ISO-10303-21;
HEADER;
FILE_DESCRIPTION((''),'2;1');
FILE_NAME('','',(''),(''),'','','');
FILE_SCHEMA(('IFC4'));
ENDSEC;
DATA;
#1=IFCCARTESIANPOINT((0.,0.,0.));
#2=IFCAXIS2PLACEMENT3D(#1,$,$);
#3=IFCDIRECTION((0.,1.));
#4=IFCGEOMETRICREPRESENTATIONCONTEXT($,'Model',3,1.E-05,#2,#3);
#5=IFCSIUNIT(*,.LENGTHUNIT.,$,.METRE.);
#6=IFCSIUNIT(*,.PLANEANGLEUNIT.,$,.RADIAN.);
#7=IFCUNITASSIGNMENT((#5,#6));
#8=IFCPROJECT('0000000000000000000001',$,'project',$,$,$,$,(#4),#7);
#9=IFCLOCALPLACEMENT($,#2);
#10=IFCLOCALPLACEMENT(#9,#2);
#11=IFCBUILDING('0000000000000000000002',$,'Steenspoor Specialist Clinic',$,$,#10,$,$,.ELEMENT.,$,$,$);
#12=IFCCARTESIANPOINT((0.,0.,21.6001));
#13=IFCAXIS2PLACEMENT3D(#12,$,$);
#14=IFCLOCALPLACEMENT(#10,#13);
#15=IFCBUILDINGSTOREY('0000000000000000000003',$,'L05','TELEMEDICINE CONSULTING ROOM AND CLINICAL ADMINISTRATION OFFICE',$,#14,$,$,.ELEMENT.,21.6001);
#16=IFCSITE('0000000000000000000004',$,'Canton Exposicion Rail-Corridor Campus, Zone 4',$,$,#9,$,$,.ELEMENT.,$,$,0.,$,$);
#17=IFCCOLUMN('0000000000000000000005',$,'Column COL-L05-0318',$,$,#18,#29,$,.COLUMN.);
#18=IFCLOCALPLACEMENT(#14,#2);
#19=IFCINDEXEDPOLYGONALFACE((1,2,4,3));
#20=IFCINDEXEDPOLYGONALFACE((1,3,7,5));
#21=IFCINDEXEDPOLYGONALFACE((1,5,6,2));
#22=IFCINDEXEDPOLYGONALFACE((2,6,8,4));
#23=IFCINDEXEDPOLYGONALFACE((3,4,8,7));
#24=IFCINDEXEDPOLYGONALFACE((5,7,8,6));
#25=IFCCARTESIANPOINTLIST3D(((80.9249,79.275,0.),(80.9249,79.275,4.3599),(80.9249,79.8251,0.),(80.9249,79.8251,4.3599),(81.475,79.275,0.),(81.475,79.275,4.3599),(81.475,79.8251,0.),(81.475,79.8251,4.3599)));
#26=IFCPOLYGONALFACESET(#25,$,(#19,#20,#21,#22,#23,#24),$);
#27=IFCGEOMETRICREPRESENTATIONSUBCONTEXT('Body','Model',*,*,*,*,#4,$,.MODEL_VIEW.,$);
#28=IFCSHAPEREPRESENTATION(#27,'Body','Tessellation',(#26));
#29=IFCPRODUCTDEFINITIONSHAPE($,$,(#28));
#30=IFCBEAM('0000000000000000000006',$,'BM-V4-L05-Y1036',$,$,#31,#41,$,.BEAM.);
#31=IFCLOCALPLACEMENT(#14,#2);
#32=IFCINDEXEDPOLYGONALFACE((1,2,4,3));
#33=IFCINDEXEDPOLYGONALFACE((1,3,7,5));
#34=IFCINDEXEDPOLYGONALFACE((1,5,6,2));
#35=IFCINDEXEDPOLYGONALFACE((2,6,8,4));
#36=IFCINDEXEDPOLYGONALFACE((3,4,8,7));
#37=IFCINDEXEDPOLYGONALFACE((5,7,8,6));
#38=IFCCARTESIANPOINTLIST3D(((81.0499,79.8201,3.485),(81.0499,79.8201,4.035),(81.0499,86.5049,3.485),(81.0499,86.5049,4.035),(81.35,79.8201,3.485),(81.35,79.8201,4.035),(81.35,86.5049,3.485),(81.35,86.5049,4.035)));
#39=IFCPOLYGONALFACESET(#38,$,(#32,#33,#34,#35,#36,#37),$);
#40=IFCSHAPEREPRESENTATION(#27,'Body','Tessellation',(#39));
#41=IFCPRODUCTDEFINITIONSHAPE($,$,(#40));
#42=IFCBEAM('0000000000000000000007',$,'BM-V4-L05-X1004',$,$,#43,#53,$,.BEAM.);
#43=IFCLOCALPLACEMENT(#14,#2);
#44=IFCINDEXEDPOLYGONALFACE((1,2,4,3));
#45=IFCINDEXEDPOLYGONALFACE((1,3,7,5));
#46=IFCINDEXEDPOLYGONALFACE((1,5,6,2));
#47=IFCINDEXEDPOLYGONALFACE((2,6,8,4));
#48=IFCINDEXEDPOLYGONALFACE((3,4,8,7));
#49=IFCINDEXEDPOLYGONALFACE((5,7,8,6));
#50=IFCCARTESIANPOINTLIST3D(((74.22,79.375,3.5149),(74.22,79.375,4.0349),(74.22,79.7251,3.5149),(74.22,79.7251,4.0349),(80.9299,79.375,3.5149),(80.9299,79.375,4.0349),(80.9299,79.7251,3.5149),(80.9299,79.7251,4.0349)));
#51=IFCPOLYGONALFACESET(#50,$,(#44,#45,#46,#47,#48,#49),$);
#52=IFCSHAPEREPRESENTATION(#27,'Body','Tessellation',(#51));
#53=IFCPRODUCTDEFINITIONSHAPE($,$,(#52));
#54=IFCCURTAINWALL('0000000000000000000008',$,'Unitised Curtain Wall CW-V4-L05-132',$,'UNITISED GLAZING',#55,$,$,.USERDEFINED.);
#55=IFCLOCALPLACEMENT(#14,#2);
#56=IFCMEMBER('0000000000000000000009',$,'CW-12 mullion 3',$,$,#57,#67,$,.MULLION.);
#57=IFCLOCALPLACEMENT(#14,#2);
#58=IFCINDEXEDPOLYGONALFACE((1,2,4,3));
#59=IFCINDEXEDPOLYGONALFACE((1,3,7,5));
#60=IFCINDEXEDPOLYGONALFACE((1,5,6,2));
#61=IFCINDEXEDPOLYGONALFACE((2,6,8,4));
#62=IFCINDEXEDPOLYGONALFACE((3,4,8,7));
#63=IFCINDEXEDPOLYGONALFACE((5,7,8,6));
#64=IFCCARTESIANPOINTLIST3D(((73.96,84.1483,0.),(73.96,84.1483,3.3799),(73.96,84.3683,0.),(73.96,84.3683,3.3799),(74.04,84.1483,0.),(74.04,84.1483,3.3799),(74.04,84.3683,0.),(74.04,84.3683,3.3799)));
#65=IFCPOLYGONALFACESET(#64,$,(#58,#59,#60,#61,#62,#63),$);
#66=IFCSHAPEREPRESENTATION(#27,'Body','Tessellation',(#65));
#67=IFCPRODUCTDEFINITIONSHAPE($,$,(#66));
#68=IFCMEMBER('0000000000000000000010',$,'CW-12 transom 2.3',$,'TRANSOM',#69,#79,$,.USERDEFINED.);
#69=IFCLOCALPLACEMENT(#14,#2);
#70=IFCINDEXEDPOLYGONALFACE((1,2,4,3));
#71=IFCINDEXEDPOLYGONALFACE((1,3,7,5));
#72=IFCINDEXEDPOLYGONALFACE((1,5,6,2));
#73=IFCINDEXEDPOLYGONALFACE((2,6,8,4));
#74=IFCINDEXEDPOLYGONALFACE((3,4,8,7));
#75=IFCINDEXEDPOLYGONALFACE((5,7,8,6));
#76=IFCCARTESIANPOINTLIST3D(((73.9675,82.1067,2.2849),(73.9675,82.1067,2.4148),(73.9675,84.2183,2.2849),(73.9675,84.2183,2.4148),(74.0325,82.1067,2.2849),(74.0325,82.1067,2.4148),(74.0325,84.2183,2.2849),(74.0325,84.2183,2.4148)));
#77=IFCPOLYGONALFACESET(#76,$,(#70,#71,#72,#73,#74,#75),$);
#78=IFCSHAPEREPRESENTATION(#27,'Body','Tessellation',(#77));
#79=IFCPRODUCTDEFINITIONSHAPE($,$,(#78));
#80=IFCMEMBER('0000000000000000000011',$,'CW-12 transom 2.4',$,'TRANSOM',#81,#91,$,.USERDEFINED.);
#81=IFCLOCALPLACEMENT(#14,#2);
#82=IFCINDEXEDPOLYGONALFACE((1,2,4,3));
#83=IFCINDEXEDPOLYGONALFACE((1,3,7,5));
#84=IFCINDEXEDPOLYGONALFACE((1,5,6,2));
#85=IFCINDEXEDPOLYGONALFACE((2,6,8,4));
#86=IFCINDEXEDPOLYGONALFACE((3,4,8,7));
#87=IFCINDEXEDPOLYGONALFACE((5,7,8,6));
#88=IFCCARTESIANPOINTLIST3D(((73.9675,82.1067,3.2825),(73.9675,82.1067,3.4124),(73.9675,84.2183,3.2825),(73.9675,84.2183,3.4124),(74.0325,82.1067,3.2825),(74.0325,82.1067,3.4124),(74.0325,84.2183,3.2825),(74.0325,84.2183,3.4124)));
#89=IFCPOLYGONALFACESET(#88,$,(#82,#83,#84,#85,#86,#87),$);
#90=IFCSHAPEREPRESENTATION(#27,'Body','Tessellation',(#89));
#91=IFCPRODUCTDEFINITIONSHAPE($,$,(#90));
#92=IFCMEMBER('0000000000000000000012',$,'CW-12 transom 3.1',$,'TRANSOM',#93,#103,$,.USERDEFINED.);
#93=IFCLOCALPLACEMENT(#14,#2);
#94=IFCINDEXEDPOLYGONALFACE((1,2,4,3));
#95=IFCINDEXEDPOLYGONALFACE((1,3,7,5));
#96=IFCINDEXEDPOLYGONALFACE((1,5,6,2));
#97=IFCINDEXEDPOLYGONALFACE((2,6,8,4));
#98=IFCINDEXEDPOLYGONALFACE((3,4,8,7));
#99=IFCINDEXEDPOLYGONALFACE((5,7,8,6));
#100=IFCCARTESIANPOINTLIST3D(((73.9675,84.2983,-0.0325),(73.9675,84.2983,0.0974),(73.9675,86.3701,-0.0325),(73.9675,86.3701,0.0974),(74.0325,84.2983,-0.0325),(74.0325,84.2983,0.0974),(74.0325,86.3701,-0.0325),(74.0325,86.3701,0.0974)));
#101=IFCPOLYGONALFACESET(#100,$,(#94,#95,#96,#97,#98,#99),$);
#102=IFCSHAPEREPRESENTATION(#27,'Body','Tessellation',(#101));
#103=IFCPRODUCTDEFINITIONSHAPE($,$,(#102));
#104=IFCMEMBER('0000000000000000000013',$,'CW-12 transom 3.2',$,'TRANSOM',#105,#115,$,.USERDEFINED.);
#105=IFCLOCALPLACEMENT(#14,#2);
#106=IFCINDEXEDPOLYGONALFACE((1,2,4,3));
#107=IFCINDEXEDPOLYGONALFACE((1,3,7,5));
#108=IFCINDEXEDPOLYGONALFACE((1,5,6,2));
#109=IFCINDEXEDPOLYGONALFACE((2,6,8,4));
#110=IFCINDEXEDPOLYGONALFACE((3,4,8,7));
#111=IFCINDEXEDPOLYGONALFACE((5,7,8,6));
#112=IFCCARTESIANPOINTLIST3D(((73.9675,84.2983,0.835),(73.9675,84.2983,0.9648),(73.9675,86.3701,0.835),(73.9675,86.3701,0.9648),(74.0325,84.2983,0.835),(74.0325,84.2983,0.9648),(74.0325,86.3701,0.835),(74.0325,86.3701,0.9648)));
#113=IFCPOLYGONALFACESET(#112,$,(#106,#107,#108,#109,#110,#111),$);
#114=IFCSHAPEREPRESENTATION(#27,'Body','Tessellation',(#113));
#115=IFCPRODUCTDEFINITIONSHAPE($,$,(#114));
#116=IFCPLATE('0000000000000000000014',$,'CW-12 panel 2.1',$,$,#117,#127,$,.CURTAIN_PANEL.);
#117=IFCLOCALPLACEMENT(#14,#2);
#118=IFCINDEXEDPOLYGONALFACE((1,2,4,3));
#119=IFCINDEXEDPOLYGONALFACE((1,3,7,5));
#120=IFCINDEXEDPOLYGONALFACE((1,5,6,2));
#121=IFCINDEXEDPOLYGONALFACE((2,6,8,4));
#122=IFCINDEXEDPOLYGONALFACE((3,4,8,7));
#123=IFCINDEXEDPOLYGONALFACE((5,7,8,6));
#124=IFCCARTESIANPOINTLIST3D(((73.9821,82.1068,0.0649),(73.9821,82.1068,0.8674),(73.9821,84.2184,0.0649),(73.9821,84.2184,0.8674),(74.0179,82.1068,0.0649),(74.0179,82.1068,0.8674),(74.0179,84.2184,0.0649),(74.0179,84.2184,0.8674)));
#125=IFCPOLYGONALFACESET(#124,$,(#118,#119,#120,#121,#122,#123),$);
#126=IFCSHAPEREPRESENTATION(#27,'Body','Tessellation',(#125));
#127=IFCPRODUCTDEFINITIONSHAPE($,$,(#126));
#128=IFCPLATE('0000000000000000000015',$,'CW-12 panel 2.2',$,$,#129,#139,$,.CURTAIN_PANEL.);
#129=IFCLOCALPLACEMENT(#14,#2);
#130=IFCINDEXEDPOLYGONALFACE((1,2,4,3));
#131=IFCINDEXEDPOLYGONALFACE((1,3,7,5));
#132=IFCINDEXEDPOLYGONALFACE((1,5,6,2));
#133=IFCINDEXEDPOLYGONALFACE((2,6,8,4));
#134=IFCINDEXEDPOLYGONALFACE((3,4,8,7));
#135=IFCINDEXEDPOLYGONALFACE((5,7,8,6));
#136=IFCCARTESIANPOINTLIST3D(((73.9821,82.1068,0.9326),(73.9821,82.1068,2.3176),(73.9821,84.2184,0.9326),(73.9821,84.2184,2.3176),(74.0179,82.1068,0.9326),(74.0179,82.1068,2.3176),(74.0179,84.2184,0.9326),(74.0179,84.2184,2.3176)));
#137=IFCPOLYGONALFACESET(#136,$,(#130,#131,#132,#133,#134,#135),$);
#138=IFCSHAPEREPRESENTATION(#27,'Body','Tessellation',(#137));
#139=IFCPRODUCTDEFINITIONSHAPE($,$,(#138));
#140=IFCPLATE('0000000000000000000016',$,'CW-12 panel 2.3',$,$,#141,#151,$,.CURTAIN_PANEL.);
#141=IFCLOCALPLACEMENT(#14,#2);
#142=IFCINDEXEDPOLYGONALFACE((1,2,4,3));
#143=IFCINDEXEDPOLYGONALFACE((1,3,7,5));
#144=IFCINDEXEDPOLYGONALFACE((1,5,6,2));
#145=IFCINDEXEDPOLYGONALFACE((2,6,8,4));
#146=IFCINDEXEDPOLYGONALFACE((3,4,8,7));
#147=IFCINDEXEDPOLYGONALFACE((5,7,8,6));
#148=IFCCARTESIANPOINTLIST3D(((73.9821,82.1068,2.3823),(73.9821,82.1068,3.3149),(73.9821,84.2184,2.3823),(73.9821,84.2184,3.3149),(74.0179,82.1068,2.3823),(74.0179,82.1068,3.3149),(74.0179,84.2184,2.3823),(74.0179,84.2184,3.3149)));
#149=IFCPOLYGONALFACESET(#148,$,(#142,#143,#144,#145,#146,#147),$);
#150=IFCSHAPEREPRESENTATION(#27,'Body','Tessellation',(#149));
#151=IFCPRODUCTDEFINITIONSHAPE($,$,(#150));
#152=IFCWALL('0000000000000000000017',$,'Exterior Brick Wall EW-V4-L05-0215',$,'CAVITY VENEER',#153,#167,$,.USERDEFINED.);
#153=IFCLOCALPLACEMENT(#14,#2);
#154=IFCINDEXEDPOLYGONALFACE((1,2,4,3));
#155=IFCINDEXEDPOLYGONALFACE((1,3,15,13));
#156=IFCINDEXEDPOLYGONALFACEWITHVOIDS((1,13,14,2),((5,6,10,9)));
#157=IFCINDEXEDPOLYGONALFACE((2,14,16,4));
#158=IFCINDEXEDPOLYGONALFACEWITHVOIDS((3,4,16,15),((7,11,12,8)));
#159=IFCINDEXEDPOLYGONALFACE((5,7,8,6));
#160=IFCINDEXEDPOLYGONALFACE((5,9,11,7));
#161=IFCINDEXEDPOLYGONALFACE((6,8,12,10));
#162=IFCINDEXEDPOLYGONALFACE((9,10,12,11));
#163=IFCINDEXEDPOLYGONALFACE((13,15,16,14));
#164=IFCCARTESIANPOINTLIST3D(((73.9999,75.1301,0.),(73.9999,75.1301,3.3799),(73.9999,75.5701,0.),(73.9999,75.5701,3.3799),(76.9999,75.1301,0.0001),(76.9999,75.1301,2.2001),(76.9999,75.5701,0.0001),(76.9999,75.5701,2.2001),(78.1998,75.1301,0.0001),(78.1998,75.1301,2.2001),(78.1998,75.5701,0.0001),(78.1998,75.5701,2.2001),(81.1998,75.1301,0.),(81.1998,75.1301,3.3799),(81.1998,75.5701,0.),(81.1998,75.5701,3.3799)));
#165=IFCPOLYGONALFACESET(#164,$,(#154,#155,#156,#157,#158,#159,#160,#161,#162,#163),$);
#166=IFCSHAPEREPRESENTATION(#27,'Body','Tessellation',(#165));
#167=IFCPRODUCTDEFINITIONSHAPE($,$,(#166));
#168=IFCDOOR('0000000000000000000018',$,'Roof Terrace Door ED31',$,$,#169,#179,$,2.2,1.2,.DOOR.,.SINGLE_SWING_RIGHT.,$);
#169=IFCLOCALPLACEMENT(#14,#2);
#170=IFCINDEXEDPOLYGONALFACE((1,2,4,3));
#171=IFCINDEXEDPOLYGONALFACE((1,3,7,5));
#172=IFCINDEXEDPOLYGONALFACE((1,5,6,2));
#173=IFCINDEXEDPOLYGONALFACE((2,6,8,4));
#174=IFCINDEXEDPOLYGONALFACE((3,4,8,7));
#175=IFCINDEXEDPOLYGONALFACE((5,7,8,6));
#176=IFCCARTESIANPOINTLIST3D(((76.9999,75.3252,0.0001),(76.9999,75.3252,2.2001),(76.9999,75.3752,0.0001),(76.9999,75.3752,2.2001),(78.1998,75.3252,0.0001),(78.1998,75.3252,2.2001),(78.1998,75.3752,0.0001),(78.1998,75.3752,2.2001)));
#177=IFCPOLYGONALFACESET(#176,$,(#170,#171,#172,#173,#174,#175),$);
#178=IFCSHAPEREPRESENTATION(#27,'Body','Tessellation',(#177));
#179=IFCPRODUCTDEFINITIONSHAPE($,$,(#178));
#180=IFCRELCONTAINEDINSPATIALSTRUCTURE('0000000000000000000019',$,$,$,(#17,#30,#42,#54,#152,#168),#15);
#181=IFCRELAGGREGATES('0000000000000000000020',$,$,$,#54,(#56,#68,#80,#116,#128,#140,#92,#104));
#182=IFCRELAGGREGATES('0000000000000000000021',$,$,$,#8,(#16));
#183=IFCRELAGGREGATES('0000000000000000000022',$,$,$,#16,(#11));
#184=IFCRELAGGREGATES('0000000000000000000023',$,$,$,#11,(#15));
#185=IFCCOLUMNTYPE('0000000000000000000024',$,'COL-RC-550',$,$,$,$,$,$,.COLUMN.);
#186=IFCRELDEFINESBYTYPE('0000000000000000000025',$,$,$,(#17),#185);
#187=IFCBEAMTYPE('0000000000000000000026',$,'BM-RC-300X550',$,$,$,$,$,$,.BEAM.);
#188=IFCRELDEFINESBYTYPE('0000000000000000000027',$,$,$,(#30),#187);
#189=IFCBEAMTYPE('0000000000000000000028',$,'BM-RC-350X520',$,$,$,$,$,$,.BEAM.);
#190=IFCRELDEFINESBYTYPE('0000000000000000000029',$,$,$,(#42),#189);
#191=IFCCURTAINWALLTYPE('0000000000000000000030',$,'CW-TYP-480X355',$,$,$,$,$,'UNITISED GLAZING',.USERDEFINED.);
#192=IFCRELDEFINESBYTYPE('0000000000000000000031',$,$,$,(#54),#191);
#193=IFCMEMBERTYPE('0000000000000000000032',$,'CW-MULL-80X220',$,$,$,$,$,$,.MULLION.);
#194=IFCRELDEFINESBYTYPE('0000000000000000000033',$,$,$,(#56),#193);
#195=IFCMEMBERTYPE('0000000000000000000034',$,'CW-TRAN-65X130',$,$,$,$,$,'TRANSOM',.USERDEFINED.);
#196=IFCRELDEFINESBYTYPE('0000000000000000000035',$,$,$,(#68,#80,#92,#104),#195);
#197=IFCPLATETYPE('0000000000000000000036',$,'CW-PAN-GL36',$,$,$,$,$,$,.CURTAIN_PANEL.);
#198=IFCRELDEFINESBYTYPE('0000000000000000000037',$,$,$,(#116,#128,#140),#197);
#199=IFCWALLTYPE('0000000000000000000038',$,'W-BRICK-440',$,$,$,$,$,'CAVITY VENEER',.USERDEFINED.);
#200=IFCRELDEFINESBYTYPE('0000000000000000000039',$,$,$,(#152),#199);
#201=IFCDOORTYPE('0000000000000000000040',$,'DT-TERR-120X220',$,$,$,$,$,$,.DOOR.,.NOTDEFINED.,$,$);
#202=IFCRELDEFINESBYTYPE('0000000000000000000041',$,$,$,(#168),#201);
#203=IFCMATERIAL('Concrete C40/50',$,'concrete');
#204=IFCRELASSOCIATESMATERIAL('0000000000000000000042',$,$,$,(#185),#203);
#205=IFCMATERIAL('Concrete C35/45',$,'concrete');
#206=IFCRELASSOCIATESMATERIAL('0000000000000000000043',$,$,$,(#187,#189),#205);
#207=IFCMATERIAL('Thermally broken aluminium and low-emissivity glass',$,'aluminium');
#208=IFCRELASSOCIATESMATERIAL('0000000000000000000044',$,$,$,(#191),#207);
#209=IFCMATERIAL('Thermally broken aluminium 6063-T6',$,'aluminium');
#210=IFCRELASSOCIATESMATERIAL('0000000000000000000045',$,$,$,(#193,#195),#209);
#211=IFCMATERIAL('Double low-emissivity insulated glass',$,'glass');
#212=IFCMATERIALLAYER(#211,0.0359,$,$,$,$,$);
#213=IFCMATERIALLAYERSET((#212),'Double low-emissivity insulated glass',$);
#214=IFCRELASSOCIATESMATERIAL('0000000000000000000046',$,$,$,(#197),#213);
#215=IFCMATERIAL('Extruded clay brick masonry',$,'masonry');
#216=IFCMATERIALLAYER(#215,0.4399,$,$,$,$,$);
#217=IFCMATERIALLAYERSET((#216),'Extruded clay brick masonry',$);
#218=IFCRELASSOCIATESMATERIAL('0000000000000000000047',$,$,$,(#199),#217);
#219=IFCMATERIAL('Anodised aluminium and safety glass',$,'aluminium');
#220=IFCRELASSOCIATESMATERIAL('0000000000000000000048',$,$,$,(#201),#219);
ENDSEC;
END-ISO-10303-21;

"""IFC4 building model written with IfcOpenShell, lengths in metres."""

from ifc_helpers import new_model, si_unit, direction, frame, frame_2d, origin, origin_2d, place, context, subcontext, project, spatial, rectangle, extrude, material, layer, layer_set, material_profile, profile_set, type_object, element, fill, aggregate, save


model = new_model("IFC4")

# Units and contexts
model_context = context("Model", 3, precision=1e-05, world=origin(), true_north=direction((0.0, 1.0)))
body_context = subcontext(model_context, "Body", "Model", "MODEL_VIEW")
ifc_project = project(units=[si_unit("LENGTHUNIT", "METRE"), si_unit("PLANEANGLEUNIT", "RADIAN")], contexts=[model_context])

# Site, building, storey
site_placement = place(None, origin())
site = spatial("IfcSite", under=ifc_project, at=site_placement, Name="Canton Exposicion Rail-Corridor Campus, Zone 4", CompositionType="ELEMENT", RefElevation=0.0)
building_placement = place(site_placement, origin())
building = spatial("IfcBuilding", under=site, at=building_placement, Name="Steenspoor Specialist Clinic", CompositionType="ELEMENT")
storey_placement = place(building_placement, frame((0.0, 0.0, 21.6001)))
storey = spatial("IfcBuildingStorey", under=building, at=storey_placement, Name="L05", Description="TELEMEDICINE CONSULTING ROOM AND CLINICAL ADMINISTRATION OFFICE", CompositionType="ELEMENT", Elevation=21.6001)

# Column
ifc_material_1 = material(Name="Concrete C40/50", Category="concrete")
ifc_material_profile_1 = material_profile(ifc_material_1, rectangle(XDim=0.55, YDim=0.55, at=origin_2d()), Name="RC-COL-550X550")
ifc_profile_set_1 = profile_set([ifc_material_profile_1], Name="Concrete C40/50")
column_type = type_object("IfcColumnType", Name="COL-RC-550", PredefinedType="COLUMN", material=ifc_profile_set_1)
column_placement = place(storey_placement, frame((81.2, 79.55, 0.0), z_axis=(0.0, 0.0, 1.0), x_axis=(1.0, 0.0, 0.0)))
element("IfcColumn", 1, at=column_placement, inside=storey, type_object=column_type, Name="Column COL-L05-0318", PredefinedType="COLUMN", context=body_context, shape_type="SweptSolid", body=[
    extrude(rectangle(XDim=0.55, YDim=0.55, at=origin_2d()), origin(), (0.0, 0.0, 1.0), 4.3599),
])

# Beams
ifc_material_2 = material(Name="Concrete C35/45", Category="concrete")
ifc_material_profile_2 = material_profile(ifc_material_2, rectangle(XDim=0.3, YDim=0.55, at=origin_2d()), Name="RC-BM-300X550")
ifc_profile_set_2 = profile_set([ifc_material_profile_2], Name="Concrete C35/45")
beam_type_1 = type_object("IfcBeamType", Name="BM-RC-300X550", PredefinedType="BEAM", material=ifc_profile_set_2)
beam_1_placement = place(storey_placement, frame((81.2, 79.8201, 3.76), z_axis=(0.0, 1.0, 0.0), x_axis=(-1.0, 0.0, 0.0)))
element("IfcBeam", 2, at=beam_1_placement, inside=storey, type_object=beam_type_1, Name="BM-V4-L05-Y1036", PredefinedType="BEAM", context=body_context, shape_type="SweptSolid", body=[
    extrude(rectangle(XDim=0.3, YDim=0.55, at=origin_2d()), origin(), (0.0, 0.0, 1.0), 6.6848),
])
ifc_material_profile_3 = material_profile(ifc_material_2, rectangle(XDim=0.3501, YDim=0.52, at=origin_2d()), Name="RC-BM-350X520")
ifc_profile_set_3 = profile_set([ifc_material_profile_3], Name="Concrete C35/45")
beam_type_2 = type_object("IfcBeamType", Name="BM-RC-350X520", PredefinedType="BEAM", material=ifc_profile_set_3)
beam_2_placement = place(storey_placement, frame((74.22, 79.55, 3.7749), z_axis=(1.0, 0.0, 0.0), x_axis=(0.0, 1.0, 0.0)))
element("IfcBeam", 3, at=beam_2_placement, inside=storey, type_object=beam_type_2, Name="BM-V4-L05-X1004", PredefinedType="BEAM", context=body_context, shape_type="SweptSolid", body=[
    extrude(rectangle(XDim=0.3501, YDim=0.52, at=origin_2d()), origin(), (0.0, 0.0, 1.0), 6.71),
])

# Curtain wall, members, plates
ifc_material_3 = material(Name="Thermally broken aluminium and low-emissivity glass", Category="aluminium")
curtain_wall_type = type_object("IfcCurtainWallType", Name="CW-TYP-480X355", ElementType="UNITISED GLAZING", PredefinedType="USERDEFINED", material=ifc_material_3)
curtain_wall_placement = place(storey_placement, origin())
curtain_wall = element("IfcCurtainWall", 4, at=curtain_wall_placement, inside=storey, type_object=curtain_wall_type, Name="Unitised Curtain Wall CW-V4-L05-132", ObjectType="UNITISED GLAZING", PredefinedType="USERDEFINED")
ifc_material_4 = material(Name="Thermally broken aluminium 6063-T6", Category="aluminium")
ifc_material_profile_4 = material_profile(ifc_material_4, rectangle(XDim=0.0801, YDim=0.22, at=origin_2d()), Name="CWM-80X220")
ifc_profile_set_4 = profile_set([ifc_material_profile_4], Name="Thermally broken aluminium 6063-T6")
member_type_1 = type_object("IfcMemberType", Name="CW-MULL-80X220", PredefinedType="MULLION", material=ifc_profile_set_4)
member_1_placement = place(storey_placement, frame((74.0, 84.2583, 0.0), z_axis=(0.0, 0.0, 1.0), x_axis=(-1.0, 0.0, 0.0)))
member_1 = element("IfcMember", 5, at=member_1_placement, type_object=member_type_1, Name="CW-12 mullion 3", PredefinedType="MULLION", context=body_context, shape_type="SweptSolid", body=[
    extrude(rectangle(XDim=0.0801, YDim=0.22, at=origin_2d()), origin(), (0.0, 0.0, 1.0), 3.3799),
])
ifc_material_profile_5 = material_profile(ifc_material_4, rectangle(XDim=0.0649, YDim=0.1299, at=origin_2d()), Name="CWT-65X130")
ifc_profile_set_5 = profile_set([ifc_material_profile_5], Name="Thermally broken aluminium 6063-T6")
member_type_2 = type_object("IfcMemberType", Name="CW-TRAN-65X130", ElementType="TRANSOM", PredefinedType="USERDEFINED", material=ifc_profile_set_5)
member_2_placement = place(storey_placement, frame((74.0, 82.1067, 2.3499), z_axis=(0.0, 1.0, 0.0), x_axis=(-1.0, 0.0, 0.0)))
member_2 = element("IfcMember", 6, at=member_2_placement, type_object=member_type_2, Name="CW-12 transom 2.3", ObjectType="TRANSOM", PredefinedType="USERDEFINED", context=body_context, shape_type="SweptSolid", body=[
    extrude(rectangle(XDim=0.0649, YDim=0.1299, at=origin_2d()), origin(), (0.0, 0.0, 1.0), 2.1116),
])
member_3_placement = place(storey_placement, frame((74.0, 82.1067, 3.3474), z_axis=(0.0, 1.0, 0.0), x_axis=(-1.0, 0.0, 0.0)))
member_3 = element("IfcMember", 7, at=member_3_placement, type_object=member_type_2, Name="CW-12 transom 2.4", ObjectType="TRANSOM", PredefinedType="USERDEFINED", context=body_context, shape_type="SweptSolid", body=[
    extrude(rectangle(XDim=0.0649, YDim=0.1299, at=origin_2d()), origin(), (0.0, 0.0, 1.0), 2.1116),
])
member_4_placement = place(storey_placement, frame((74.0, 84.2983, 0.0325), z_axis=(0.0, 1.0, 0.0), x_axis=(-1.0, 0.0, 0.0)))
member_4 = element("IfcMember", 8, at=member_4_placement, type_object=member_type_2, Name="CW-12 transom 3.1", ObjectType="TRANSOM", PredefinedType="USERDEFINED", context=body_context, shape_type="SweptSolid", body=[
    extrude(rectangle(XDim=0.0649, YDim=0.1299, at=origin_2d()), origin(), (0.0, 0.0, 1.0), 2.0718),
])
member_5_placement = place(storey_placement, frame((74.0, 84.2983, 0.8999), z_axis=(0.0, 1.0, 0.0), x_axis=(-1.0, 0.0, 0.0)))
member_5 = element("IfcMember", 9, at=member_5_placement, type_object=member_type_2, Name="CW-12 transom 3.2", ObjectType="TRANSOM", PredefinedType="USERDEFINED", context=body_context, shape_type="SweptSolid", body=[
    extrude(rectangle(XDim=0.0649, YDim=0.1299, at=origin_2d()), origin(), (0.0, 0.0, 1.0), 2.0718),
])
ifc_material_5 = material(Name="Double low-emissivity insulated glass", Category="glass")
ifc_layer_1 = layer(ifc_material_5, 0.0359)
ifc_layer_set_1 = layer_set([ifc_layer_1], Name="Double low-emissivity insulated glass")
plate_type = type_object("IfcPlateType", Name="CW-PAN-GL36", PredefinedType="CURTAIN_PANEL", material=ifc_layer_set_1)
plate_1_placement = place(storey_placement, frame((74.0, 83.1626, 0.0649), z_axis=(0.0, 0.0, 1.0), x_axis=(0.0, 1.0, 0.0)))
plate_1 = element("IfcPlate", 10, at=plate_1_placement, type_object=plate_type, Name="CW-12 panel 2.1", PredefinedType="CURTAIN_PANEL", context=body_context, shape_type="SweptSolid", body=[
    extrude(rectangle(XDim=2.1116, YDim=0.0359, at=origin_2d()), origin(), (0.0, 0.0, 1.0), 0.8025),
])
plate_2_placement = place(storey_placement, frame((74.0, 83.1626, 0.9326), z_axis=(0.0, 0.0, 1.0), x_axis=(0.0, 1.0, 0.0)))
plate_2 = element("IfcPlate", 11, at=plate_2_placement, type_object=plate_type, Name="CW-12 panel 2.2", PredefinedType="CURTAIN_PANEL", context=body_context, shape_type="SweptSolid", body=[
    extrude(rectangle(XDim=2.1116, YDim=0.0359, at=origin_2d()), origin(), (0.0, 0.0, 1.0), 1.385),
])
plate_3_placement = place(storey_placement, frame((74.0, 83.1626, 2.3823), z_axis=(0.0, 0.0, 1.0), x_axis=(0.0, 1.0, 0.0)))
plate_3 = element("IfcPlate", 12, at=plate_3_placement, type_object=plate_type, Name="CW-12 panel 2.3", PredefinedType="CURTAIN_PANEL", context=body_context, shape_type="SweptSolid", body=[
    extrude(rectangle(XDim=2.1116, YDim=0.0359, at=origin_2d()), origin(), (0.0, 0.0, 1.0), 0.9326),
])
aggregate(curtain_wall, [member_1, member_2, member_3, plate_1, plate_2, plate_3, member_4, member_5])

# Wall, opening, door
ifc_material_6 = material(Name="Extruded clay brick masonry", Category="masonry")
ifc_layer_2 = layer(ifc_material_6, 0.4399)
ifc_layer_set_2 = layer_set([ifc_layer_2], Name="Extruded clay brick masonry")
wall_type_1 = type_object("IfcWallType", Name="W-BRICK-440", ElementType="CAVITY VENEER", PredefinedType="USERDEFINED", material=ifc_layer_set_2)
wall_1_placement = place(storey_placement, frame((81.2, 75.3501, 0.0), z_axis=(0.0, 0.0, 1.0), x_axis=(-1.0, 0.0, 0.0)))
wall_1 = element("IfcWall", 13, at=wall_1_placement, inside=storey, type_object=wall_type_1, Name="Exterior Brick Wall EW-V4-L05-0215", ObjectType="CAVITY VENEER", PredefinedType="USERDEFINED", context=body_context, shape_type="SweptSolid", body=[
    extrude(rectangle(XDim=7.2, YDim=0.4399, at=frame_2d((3.6001, 0.0))), origin(), (0.0, 0.0, 1.0), 3.3799),
])
opening_1_placement = place(wall_1_placement, frame((3.0, 0.0, 0.0)))
opening_1 = element("IfcOpeningElement", 14, at=opening_1_placement, cuts=wall_1, PredefinedType="OPENING", context=body_context, shape_type="SweptSolid", body=[
    extrude(rectangle(XDim=1.2, YDim=2.2, at=frame_2d((0.6001, 1.1001))), frame((0.0, 0.23, 0.0), z_axis=(0.0, -1.0, 0.0), x_axis=(1.0, 0.0, 0.0)), (0.0, 0.0, 1.0), 0.46),
])
ifc_material_7 = material(Name="Anodised aluminium and safety glass", Category="aluminium")
door_type_1 = type_object("IfcDoorType", Name="DT-TERR-120X220", OperationType="NOTDEFINED", PredefinedType="DOOR", material=ifc_material_7)
door_1_placement = place(opening_1_placement, origin())
door_1 = element("IfcDoor", 15, at=door_1_placement, inside=storey, type_object=door_type_1, Name="Roof Terrace Door ED31", OperationType="SINGLE_SWING_RIGHT", OverallHeight=2.2, OverallWidth=1.2, PredefinedType="DOOR", context=body_context, shape_type="SweptSolid", body=[
    extrude(rectangle(XDim=1.2, YDim=2.2, at=frame_2d((0.6001, 1.1001))), frame((0.0, 0.0249, 0.0), z_axis=(0.0, -1.0, 0.0), x_axis=(1.0, 0.0, 0.0)), (0.0, 0.0, 1.0), 0.05),
])
fill(opening_1, door_1)

save(model, "model.ifc")
